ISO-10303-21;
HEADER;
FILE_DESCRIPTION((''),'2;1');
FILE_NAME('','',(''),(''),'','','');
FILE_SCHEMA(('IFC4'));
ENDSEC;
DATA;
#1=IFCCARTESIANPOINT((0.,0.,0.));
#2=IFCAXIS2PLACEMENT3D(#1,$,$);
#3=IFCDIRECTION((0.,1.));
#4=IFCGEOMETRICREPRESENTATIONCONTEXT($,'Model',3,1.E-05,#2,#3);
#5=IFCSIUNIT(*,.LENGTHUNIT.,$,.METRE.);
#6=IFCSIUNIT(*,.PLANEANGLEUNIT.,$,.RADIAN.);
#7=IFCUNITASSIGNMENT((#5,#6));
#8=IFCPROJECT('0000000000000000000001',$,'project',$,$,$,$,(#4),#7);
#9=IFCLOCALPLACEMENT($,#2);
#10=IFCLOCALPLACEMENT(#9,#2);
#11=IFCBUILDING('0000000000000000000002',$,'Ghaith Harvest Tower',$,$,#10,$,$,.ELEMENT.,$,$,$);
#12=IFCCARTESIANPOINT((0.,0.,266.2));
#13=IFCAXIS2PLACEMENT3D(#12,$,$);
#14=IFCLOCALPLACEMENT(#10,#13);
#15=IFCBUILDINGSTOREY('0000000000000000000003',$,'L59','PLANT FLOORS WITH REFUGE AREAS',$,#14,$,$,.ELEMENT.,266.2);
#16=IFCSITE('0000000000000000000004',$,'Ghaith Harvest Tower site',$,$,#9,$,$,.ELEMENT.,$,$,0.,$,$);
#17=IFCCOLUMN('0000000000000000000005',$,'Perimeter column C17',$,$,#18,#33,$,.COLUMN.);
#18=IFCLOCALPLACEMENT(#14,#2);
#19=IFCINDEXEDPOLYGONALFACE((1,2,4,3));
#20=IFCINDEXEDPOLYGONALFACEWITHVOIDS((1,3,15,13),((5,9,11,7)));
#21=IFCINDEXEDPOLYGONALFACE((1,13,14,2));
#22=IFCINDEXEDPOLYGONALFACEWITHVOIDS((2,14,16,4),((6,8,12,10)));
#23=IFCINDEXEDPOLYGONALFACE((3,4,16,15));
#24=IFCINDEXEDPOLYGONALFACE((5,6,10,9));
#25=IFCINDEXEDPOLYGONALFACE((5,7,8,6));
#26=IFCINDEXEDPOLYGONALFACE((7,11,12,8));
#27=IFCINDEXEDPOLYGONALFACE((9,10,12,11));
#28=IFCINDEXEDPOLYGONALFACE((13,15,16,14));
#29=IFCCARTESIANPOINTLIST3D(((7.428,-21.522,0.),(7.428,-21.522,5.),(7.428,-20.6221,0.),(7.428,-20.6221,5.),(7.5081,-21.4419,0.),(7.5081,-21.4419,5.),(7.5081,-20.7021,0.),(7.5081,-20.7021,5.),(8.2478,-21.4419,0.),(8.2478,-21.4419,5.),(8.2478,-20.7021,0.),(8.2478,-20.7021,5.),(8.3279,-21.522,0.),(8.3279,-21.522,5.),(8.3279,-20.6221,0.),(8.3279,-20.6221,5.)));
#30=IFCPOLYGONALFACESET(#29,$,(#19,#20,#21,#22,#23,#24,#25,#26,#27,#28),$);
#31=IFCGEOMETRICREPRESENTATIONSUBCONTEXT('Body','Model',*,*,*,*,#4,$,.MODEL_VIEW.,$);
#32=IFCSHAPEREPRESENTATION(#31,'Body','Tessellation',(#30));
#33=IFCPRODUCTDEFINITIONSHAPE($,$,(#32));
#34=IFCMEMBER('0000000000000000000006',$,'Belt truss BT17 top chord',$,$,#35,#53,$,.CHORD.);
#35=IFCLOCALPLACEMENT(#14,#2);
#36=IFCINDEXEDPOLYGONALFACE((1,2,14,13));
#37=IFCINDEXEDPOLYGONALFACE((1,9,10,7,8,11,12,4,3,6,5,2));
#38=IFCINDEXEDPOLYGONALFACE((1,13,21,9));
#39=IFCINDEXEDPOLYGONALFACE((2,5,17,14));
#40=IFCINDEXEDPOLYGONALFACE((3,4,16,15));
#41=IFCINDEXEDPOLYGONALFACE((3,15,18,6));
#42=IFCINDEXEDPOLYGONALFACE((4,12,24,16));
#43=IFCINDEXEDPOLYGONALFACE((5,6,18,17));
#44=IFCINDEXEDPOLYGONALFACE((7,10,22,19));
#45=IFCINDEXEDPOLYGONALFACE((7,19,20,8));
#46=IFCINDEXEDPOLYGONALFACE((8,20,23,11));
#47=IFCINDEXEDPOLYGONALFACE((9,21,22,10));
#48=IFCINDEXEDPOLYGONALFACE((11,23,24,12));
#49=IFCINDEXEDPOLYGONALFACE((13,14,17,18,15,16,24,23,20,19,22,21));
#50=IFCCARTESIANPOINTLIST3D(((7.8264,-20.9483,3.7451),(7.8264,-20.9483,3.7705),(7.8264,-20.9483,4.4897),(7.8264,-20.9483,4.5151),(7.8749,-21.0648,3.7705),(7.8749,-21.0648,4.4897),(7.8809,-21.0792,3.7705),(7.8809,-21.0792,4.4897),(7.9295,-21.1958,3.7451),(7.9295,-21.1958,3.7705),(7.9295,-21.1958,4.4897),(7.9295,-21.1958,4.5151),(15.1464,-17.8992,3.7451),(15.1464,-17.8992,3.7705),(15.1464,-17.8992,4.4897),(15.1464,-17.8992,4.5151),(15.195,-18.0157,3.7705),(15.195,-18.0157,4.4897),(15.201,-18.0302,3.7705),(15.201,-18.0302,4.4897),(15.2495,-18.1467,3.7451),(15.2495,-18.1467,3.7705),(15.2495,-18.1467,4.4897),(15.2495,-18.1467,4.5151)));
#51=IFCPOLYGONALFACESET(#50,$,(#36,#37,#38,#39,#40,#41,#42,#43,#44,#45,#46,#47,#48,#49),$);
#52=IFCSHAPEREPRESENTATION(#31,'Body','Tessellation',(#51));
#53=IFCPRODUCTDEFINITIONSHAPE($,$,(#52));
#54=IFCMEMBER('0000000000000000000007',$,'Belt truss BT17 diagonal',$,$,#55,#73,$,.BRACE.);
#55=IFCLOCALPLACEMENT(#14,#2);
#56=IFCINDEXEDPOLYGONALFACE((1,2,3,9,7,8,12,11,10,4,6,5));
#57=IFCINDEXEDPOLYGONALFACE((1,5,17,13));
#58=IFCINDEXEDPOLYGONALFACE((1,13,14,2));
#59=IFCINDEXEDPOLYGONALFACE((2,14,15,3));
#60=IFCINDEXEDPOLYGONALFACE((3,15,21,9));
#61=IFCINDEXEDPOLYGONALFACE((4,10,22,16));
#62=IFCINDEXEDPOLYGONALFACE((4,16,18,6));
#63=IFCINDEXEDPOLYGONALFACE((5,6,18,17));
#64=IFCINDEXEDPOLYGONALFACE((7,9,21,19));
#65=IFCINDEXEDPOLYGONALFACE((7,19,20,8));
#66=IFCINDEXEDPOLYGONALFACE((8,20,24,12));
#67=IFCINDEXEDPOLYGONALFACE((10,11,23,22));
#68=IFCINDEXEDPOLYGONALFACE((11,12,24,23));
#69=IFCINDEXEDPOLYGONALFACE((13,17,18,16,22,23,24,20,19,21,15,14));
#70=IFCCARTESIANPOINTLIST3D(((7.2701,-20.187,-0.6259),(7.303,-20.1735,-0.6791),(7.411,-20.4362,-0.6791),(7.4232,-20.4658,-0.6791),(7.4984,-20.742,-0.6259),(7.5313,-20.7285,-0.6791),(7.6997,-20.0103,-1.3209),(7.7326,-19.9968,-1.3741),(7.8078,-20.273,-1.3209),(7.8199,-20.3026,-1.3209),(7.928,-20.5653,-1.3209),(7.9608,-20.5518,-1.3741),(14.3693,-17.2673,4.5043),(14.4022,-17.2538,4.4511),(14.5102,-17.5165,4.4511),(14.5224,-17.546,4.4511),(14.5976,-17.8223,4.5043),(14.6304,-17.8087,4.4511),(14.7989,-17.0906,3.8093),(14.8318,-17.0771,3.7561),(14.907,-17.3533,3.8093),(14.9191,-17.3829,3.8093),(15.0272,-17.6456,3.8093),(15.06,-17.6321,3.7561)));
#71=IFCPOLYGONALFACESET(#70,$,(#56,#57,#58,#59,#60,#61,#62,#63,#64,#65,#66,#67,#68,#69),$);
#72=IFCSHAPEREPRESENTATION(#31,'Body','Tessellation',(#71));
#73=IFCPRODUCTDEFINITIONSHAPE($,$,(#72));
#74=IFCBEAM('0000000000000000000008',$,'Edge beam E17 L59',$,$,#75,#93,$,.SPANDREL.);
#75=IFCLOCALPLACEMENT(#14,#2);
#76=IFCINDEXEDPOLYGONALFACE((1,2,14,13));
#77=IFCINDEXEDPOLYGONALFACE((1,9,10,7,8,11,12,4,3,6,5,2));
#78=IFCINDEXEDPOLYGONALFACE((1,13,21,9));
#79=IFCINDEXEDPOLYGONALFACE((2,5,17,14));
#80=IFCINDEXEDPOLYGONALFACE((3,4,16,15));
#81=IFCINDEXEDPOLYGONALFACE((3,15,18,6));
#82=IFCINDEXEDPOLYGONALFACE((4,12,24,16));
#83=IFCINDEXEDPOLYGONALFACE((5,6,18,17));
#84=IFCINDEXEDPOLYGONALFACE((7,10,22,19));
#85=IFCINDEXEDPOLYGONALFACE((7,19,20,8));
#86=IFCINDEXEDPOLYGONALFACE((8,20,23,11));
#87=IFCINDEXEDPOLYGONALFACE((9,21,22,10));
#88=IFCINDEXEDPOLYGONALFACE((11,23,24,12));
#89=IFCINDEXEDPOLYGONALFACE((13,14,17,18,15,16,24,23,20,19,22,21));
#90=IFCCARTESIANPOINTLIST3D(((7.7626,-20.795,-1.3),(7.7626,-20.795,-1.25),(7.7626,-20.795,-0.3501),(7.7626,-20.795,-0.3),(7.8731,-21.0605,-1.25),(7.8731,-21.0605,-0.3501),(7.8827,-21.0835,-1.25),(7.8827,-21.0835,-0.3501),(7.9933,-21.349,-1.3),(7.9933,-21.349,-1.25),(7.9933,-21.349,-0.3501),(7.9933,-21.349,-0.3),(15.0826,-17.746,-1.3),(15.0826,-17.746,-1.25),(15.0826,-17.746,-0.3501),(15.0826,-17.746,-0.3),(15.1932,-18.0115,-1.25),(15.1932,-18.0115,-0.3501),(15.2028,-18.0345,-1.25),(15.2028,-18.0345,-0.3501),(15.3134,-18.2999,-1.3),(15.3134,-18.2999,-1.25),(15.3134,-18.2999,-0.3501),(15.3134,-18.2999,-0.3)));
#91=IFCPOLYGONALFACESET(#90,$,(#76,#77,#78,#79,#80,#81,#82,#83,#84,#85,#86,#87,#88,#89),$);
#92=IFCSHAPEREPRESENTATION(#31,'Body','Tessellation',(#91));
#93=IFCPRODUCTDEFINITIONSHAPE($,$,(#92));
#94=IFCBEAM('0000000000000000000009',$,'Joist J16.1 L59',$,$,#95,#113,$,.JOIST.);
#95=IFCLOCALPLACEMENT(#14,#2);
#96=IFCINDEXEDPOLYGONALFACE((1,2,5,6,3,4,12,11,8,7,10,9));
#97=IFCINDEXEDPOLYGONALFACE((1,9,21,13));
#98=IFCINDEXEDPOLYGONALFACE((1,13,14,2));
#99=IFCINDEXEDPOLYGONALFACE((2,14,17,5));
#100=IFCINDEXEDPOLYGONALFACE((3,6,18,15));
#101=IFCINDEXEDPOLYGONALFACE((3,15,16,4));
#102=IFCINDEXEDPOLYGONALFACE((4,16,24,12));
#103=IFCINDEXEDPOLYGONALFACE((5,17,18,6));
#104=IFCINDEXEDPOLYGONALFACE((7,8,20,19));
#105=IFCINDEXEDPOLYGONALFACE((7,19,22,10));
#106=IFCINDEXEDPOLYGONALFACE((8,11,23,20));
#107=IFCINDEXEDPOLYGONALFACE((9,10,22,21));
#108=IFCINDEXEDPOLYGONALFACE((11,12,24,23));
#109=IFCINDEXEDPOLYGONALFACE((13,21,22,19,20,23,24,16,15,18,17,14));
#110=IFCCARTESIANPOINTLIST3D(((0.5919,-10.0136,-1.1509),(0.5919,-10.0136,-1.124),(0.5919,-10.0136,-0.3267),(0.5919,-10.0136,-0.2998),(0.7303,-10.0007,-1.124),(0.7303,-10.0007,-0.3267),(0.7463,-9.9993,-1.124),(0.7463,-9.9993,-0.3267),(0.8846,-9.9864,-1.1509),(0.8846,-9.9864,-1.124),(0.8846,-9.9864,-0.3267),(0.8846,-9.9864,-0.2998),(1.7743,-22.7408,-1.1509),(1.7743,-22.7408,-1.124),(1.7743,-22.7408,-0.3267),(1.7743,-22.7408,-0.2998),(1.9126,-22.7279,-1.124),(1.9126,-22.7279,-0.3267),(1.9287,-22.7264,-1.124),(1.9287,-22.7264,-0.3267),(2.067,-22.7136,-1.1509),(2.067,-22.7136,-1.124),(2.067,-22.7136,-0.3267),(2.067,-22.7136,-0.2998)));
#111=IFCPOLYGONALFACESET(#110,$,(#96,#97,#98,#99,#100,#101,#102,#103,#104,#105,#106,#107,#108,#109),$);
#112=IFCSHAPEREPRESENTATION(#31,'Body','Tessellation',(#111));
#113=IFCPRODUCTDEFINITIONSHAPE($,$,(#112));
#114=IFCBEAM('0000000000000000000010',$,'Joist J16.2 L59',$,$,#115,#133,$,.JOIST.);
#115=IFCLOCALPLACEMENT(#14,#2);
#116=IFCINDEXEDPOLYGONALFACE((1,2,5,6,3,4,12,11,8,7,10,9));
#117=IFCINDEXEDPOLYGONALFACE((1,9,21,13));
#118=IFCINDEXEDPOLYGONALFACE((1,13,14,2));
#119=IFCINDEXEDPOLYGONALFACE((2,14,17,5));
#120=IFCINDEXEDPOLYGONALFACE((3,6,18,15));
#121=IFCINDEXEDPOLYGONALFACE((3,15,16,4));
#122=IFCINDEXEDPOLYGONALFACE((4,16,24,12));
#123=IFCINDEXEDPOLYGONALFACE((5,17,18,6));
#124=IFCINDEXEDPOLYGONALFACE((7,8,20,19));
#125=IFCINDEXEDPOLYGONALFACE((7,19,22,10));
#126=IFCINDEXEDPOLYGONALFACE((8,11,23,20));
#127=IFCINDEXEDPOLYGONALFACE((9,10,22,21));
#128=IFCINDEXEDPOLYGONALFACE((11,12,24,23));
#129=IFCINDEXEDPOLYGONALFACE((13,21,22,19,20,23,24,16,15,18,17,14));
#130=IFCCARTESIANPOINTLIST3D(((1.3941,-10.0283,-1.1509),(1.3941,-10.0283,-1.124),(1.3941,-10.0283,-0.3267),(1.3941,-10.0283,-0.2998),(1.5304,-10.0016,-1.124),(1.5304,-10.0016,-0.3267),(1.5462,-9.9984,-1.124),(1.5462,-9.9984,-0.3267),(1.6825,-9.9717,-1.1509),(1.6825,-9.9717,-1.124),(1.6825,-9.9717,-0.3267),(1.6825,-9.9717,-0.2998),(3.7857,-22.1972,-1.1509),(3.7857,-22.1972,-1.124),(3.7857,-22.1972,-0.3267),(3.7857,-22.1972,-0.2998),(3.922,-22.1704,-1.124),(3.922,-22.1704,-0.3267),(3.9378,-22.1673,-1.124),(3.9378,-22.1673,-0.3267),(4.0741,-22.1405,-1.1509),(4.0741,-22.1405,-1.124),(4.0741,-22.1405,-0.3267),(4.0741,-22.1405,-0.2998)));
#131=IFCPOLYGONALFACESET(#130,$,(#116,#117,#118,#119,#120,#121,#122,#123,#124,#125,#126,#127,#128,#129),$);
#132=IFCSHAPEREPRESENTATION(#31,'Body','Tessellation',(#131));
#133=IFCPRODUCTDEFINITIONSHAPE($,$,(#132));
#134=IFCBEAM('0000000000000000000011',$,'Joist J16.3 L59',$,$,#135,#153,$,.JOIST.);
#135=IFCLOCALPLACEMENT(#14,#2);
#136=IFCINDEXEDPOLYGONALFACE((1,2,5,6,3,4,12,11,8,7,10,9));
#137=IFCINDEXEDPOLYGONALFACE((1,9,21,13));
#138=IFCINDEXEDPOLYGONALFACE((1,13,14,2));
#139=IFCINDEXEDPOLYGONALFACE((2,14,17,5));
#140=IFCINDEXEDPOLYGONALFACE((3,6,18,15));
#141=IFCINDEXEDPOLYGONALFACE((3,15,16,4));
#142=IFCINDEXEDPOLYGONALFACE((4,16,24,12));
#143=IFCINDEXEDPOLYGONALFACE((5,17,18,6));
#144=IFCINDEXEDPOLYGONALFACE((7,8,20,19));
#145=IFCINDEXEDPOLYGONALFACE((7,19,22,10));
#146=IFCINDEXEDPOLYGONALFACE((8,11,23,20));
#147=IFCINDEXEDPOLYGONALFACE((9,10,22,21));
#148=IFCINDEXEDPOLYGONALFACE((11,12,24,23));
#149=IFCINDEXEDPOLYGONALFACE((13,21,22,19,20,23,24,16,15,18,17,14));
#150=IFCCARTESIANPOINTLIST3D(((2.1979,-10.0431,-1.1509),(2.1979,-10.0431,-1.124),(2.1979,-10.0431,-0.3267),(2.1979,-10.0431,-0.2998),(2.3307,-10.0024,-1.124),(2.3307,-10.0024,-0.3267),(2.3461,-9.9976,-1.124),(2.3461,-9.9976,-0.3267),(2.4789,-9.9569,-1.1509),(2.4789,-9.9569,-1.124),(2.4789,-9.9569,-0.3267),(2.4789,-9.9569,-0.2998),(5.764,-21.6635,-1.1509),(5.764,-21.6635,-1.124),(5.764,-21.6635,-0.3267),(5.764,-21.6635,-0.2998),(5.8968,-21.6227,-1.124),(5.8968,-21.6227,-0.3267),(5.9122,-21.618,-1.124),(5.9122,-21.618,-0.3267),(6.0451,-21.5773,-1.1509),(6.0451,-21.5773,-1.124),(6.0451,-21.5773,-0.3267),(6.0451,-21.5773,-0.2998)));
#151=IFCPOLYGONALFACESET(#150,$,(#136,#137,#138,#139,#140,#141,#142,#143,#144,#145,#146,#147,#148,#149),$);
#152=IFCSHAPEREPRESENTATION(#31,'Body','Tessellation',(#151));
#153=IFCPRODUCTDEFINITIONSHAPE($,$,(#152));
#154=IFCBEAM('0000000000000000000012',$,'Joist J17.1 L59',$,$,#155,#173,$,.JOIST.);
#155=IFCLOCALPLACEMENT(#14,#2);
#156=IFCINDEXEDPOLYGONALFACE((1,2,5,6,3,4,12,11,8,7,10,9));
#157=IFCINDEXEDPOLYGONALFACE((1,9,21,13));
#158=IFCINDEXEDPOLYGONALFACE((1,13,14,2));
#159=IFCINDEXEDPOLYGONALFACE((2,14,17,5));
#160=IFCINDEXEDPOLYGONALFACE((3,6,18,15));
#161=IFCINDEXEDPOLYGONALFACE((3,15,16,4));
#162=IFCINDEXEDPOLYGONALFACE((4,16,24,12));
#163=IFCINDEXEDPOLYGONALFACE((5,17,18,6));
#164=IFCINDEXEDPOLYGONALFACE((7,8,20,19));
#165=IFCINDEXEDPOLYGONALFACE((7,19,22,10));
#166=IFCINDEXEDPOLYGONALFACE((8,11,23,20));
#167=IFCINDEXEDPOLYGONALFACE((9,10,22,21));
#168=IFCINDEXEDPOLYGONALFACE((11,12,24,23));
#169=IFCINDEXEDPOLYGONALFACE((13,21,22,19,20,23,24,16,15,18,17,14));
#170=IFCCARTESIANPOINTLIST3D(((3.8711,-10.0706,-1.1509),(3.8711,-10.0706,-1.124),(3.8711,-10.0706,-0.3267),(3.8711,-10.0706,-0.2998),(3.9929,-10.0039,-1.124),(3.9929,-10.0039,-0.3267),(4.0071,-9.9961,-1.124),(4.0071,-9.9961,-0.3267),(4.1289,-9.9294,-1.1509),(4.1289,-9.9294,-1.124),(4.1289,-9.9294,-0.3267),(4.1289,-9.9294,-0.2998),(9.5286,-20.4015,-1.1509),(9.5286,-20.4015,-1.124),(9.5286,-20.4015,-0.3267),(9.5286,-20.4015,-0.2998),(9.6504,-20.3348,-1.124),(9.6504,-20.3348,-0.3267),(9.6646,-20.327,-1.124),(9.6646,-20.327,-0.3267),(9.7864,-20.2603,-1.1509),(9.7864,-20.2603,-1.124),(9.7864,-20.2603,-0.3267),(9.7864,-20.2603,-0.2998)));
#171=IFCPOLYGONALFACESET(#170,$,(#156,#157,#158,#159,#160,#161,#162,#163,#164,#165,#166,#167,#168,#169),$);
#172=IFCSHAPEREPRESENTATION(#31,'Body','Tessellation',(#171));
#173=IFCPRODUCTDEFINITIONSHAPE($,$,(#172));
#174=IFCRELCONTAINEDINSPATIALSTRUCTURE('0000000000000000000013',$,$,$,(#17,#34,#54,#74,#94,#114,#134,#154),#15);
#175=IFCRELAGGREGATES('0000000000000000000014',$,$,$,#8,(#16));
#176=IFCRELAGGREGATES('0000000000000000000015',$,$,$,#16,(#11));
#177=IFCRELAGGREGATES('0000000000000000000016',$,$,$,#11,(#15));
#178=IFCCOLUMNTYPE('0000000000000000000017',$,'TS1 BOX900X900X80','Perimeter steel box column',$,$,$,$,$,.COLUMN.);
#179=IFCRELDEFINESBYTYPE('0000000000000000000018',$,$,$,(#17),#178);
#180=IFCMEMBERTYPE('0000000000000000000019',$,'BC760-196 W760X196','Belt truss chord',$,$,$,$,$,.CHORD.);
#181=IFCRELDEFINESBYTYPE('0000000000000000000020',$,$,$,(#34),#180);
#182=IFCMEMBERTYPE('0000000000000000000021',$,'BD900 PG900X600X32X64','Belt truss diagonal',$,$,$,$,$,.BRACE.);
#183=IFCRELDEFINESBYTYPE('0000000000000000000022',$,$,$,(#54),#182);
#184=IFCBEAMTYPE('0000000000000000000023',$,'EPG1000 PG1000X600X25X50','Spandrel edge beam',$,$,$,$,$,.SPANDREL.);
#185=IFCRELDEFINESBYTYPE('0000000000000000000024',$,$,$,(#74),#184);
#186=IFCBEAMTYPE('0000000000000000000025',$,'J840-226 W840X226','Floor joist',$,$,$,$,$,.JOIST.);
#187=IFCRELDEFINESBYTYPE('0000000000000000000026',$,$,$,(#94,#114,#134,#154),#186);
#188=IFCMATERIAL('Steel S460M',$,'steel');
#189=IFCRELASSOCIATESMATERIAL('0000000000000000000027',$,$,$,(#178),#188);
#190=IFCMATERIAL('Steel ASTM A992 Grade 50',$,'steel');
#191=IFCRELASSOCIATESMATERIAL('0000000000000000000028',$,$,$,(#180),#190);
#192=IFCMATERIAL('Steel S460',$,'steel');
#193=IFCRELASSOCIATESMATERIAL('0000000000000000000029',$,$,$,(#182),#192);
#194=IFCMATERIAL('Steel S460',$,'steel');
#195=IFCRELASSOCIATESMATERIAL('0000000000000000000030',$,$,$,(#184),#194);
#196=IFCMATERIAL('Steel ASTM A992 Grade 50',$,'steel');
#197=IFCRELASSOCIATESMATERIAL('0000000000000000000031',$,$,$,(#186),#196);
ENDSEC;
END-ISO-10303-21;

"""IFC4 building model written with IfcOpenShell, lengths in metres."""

from ifc_helpers import new_model, si_unit, direction, frame, origin, origin_2d, place, context, subcontext, project, spatial, hollow_rectangle, i_section, extrude, material, material_profile, profile_set, type_object, element, save


model = new_model("IFC4")

# Units and contexts
model_context = context("Model", 3, precision=1e-05, world=origin(), true_north=direction((0.0, 1.0)))
body_context = subcontext(model_context, "Body", "Model", "MODEL_VIEW")
ifc_project = project(units=[si_unit("LENGTHUNIT", "METRE"), si_unit("PLANEANGLEUNIT", "RADIAN")], contexts=[model_context])

# Site, building, storey
site_placement = place(None, origin())
site = spatial("IfcSite", under=ifc_project, at=site_placement, Name="Ghaith Harvest Tower site", CompositionType="ELEMENT", RefElevation=0.0)
building_placement = place(site_placement, origin())
building = spatial("IfcBuilding", under=site, at=building_placement, Name="Ghaith Harvest Tower", CompositionType="ELEMENT")
storey_placement = place(building_placement, frame((0.0, 0.0, 266.2)))
storey = spatial("IfcBuildingStorey", under=building, at=storey_placement, Name="L59", Description="PLANT FLOORS WITH REFUGE AREAS", CompositionType="ELEMENT", Elevation=266.2)

# Column
ifc_material_1 = material(Name="Steel S460M", Category="steel")
ifc_material_profile_1 = material_profile(ifc_material_1, hollow_rectangle(XDim=0.8999, YDim=0.8999, WallThickness=0.0801, at=origin_2d()), Name="BOX900X900X80")
ifc_profile_set_1 = profile_set([ifc_material_profile_1], Name="Steel S460M")
column_type = type_object("IfcColumnType", Name="TS1 BOX900X900X80", Description="Perimeter steel box column", PredefinedType="COLUMN", material=ifc_profile_set_1)
column_placement = place(storey_placement, frame((7.8779, -21.072, 0.0), z_axis=(0.0, 0.0, 1.0), x_axis=(1.0, 0.0, 0.0)))
element("IfcColumn", 1, at=column_placement, inside=storey, type_object=column_type, Name="Perimeter column C17", PredefinedType="COLUMN", context=body_context, shape_type="SweptSolid", body=[
    extrude(hollow_rectangle(XDim=0.8999, YDim=0.8999, WallThickness=0.0801, at=origin_2d()), origin(), (0.0, 0.0, 1.0), 5.0),
])

# Members
ifc_material_2 = material(Name="Steel ASTM A992 Grade 50", Category="steel")
ifc_material_profile_2 = material_profile(ifc_material_2, i_section(OverallWidth=0.2681, OverallDepth=0.77, WebThickness=0.0156, FlangeThickness=0.0254, at=origin_2d()), Name="W760X196")
ifc_profile_set_2 = profile_set([ifc_material_profile_2], Name="Steel ASTM A992 Grade 50")
member_type_1 = type_object("IfcMemberType", Name="BC760-196 W760X196", Description="Belt truss chord", PredefinedType="CHORD", material=ifc_profile_set_2)
member_1_placement = place(storey_placement, frame((7.8779, -21.072, 4.1301), z_axis=(0.92312, 0.384513, 0.0), x_axis=(-0.384513, 0.92312, 0.0)))
element("IfcMember", 2, at=member_1_placement, inside=storey, type_object=member_type_1, Name="Belt truss BT17 top chord", PredefinedType="CHORD", context=body_context, shape_type="SweptSolid", body=[
    extrude(i_section(OverallWidth=0.2681, OverallDepth=0.77, WebThickness=0.0156, FlangeThickness=0.0254, at=origin_2d()), origin(), (0.0, 0.0, 1.0), 7.9297),
])
ifc_material_3 = material(Name="Steel S460", Category="steel")
ifc_material_profile_3 = material_profile(ifc_material_3, i_section(OverallWidth=0.6001, OverallDepth=0.8999, WebThickness=0.032, FlangeThickness=0.064, at=origin_2d()), Name="PG900X600X32X64")
ifc_profile_set_3 = profile_set([ifc_material_profile_3], Name="Steel S460")
member_type_2 = type_object("IfcMemberType", Name="BD900 PG900X600X32X64", Description="Belt truss diagonal", PredefinedType="BRACE", material=ifc_profile_set_3)
member_2_placement = place(storey_placement, frame((7.6155, -20.3694, -1.0), z_axis=(0.768922, 0.316237, 0.555656), x_axis=(-0.380361, 0.924838, 0.0)))
element("IfcMember", 3, at=member_2_placement, inside=storey, type_object=member_type_2, Name="Belt truss BT17 diagonal", PredefinedType="BRACE", context=body_context, shape_type="SweptSolid", body=[
    extrude(i_section(OverallWidth=0.6001, OverallDepth=0.8999, WebThickness=0.032, FlangeThickness=0.064, at=origin_2d()), origin(), (0.0, 0.0, 1.0), 9.2327),
])

# Beams
ifc_material_4 = material(Name="Steel S460", Category="steel")
ifc_material_profile_4 = material_profile(ifc_material_4, i_section(OverallWidth=0.6001, OverallDepth=1.0, WebThickness=0.0249, FlangeThickness=0.05, at=origin_2d()), Name="PG1000X600X25X50")
ifc_profile_set_4 = profile_set([ifc_material_profile_4], Name="Steel S460")
beam_type_1 = type_object("IfcBeamType", Name="EPG1000 PG1000X600X25X50", Description="Spandrel edge beam", PredefinedType="SPANDREL", material=ifc_profile_set_4)
beam_1_placement = place(storey_placement, frame((7.8779, -21.072, -0.8), z_axis=(0.92312, 0.384513, 0.0), x_axis=(-0.384513, 0.92312, 0.0)))
element("IfcBeam", 4, at=beam_1_placement, inside=storey, type_object=beam_type_1, Name="Edge beam E17 L59", PredefinedType="SPANDREL", context=body_context, shape_type="SweptSolid", body=[
    extrude(i_section(OverallWidth=0.6001, OverallDepth=1.0, WebThickness=0.0249, FlangeThickness=0.05, at=origin_2d()), origin(), (0.0, 0.0, 1.0), 7.9297),
])
ifc_material_5 = material(Name="Steel ASTM A992 Grade 50", Category="steel")
ifc_material_profile_5 = material_profile(ifc_material_5, i_section(OverallWidth=0.2939, OverallDepth=0.8511, WebThickness=0.0161, FlangeThickness=0.0269, at=origin_2d()), Name="W840X226")
ifc_profile_set_5 = profile_set([ifc_material_profile_5], Name="Steel ASTM A992 Grade 50")
beam_type_2 = type_object("IfcBeamType", Name="J840-226 W840X226", Description="Floor joist", PredefinedType="JOIST", material=ifc_profile_set_5)
beam_2_placement = place(storey_placement, frame((0.7383, -10.0, -0.7253), z_axis=(0.092502, -0.995712, 0.0), x_axis=(0.995712, 0.092502, 0.0)))
element("IfcBeam", 5, at=beam_2_placement, inside=storey, type_object=beam_type_2, Name="Joist J16.1 L59", PredefinedType="JOIST", context=body_context, shape_type="SweptSolid", body=[
    extrude(i_section(OverallWidth=0.2939, OverallDepth=0.8511, WebThickness=0.0161, FlangeThickness=0.0269, at=origin_2d()), origin(), (0.0, 0.0, 1.0), 12.782),
])
beam_3_placement = place(storey_placement, frame((1.5383, -10.0, -0.7253), z_axis=(0.192844, -0.981229, 0.0), x_axis=(0.981229, 0.192844, 0.0)))
element("IfcBeam", 6, at=beam_3_placement, inside=storey, type_object=beam_type_2, Name="Joist J16.2 L59", PredefinedType="JOIST", context=body_context, shape_type="SweptSolid", body=[
    extrude(i_section(OverallWidth=0.2939, OverallDepth=0.8511, WebThickness=0.0161, FlangeThickness=0.0269, at=origin_2d()), origin(), (0.0, 0.0, 1.0), 12.4016),
])
beam_4_placement = place(storey_placement, frame((2.3384, -10.0, -0.7253), z_axis=(0.293384, -0.955995, 0.0), x_axis=(0.955995, 0.293384, 0.0)))
element("IfcBeam", 7, at=beam_4_placement, inside=storey, type_object=beam_type_2, Name="Joist J16.3 L59", PredefinedType="JOIST", context=body_context, shape_type="SweptSolid", body=[
    extrude(i_section(OverallWidth=0.2939, OverallDepth=0.8511, WebThickness=0.0161, FlangeThickness=0.0269, at=origin_2d()), origin(), (0.0, 0.0, 1.0), 12.1553),
])
beam_5_placement = place(storey_placement, frame((4.0, -10.0, -0.7253), z_axis=(0.480323, -0.877092, 0.0), x_axis=(0.877092, 0.480323, 0.0)))
element("IfcBeam", 8, at=beam_5_placement, inside=storey, type_object=beam_type_2, Name="Joist J17.1 L59", PredefinedType="JOIST", context=body_context, shape_type="SweptSolid", body=[
    extrude(i_section(OverallWidth=0.2939, OverallDepth=0.8511, WebThickness=0.0161, FlangeThickness=0.0269, at=origin_2d()), origin(), (0.0, 0.0, 1.0), 11.7786),
])

save(model, "model.ifc")
